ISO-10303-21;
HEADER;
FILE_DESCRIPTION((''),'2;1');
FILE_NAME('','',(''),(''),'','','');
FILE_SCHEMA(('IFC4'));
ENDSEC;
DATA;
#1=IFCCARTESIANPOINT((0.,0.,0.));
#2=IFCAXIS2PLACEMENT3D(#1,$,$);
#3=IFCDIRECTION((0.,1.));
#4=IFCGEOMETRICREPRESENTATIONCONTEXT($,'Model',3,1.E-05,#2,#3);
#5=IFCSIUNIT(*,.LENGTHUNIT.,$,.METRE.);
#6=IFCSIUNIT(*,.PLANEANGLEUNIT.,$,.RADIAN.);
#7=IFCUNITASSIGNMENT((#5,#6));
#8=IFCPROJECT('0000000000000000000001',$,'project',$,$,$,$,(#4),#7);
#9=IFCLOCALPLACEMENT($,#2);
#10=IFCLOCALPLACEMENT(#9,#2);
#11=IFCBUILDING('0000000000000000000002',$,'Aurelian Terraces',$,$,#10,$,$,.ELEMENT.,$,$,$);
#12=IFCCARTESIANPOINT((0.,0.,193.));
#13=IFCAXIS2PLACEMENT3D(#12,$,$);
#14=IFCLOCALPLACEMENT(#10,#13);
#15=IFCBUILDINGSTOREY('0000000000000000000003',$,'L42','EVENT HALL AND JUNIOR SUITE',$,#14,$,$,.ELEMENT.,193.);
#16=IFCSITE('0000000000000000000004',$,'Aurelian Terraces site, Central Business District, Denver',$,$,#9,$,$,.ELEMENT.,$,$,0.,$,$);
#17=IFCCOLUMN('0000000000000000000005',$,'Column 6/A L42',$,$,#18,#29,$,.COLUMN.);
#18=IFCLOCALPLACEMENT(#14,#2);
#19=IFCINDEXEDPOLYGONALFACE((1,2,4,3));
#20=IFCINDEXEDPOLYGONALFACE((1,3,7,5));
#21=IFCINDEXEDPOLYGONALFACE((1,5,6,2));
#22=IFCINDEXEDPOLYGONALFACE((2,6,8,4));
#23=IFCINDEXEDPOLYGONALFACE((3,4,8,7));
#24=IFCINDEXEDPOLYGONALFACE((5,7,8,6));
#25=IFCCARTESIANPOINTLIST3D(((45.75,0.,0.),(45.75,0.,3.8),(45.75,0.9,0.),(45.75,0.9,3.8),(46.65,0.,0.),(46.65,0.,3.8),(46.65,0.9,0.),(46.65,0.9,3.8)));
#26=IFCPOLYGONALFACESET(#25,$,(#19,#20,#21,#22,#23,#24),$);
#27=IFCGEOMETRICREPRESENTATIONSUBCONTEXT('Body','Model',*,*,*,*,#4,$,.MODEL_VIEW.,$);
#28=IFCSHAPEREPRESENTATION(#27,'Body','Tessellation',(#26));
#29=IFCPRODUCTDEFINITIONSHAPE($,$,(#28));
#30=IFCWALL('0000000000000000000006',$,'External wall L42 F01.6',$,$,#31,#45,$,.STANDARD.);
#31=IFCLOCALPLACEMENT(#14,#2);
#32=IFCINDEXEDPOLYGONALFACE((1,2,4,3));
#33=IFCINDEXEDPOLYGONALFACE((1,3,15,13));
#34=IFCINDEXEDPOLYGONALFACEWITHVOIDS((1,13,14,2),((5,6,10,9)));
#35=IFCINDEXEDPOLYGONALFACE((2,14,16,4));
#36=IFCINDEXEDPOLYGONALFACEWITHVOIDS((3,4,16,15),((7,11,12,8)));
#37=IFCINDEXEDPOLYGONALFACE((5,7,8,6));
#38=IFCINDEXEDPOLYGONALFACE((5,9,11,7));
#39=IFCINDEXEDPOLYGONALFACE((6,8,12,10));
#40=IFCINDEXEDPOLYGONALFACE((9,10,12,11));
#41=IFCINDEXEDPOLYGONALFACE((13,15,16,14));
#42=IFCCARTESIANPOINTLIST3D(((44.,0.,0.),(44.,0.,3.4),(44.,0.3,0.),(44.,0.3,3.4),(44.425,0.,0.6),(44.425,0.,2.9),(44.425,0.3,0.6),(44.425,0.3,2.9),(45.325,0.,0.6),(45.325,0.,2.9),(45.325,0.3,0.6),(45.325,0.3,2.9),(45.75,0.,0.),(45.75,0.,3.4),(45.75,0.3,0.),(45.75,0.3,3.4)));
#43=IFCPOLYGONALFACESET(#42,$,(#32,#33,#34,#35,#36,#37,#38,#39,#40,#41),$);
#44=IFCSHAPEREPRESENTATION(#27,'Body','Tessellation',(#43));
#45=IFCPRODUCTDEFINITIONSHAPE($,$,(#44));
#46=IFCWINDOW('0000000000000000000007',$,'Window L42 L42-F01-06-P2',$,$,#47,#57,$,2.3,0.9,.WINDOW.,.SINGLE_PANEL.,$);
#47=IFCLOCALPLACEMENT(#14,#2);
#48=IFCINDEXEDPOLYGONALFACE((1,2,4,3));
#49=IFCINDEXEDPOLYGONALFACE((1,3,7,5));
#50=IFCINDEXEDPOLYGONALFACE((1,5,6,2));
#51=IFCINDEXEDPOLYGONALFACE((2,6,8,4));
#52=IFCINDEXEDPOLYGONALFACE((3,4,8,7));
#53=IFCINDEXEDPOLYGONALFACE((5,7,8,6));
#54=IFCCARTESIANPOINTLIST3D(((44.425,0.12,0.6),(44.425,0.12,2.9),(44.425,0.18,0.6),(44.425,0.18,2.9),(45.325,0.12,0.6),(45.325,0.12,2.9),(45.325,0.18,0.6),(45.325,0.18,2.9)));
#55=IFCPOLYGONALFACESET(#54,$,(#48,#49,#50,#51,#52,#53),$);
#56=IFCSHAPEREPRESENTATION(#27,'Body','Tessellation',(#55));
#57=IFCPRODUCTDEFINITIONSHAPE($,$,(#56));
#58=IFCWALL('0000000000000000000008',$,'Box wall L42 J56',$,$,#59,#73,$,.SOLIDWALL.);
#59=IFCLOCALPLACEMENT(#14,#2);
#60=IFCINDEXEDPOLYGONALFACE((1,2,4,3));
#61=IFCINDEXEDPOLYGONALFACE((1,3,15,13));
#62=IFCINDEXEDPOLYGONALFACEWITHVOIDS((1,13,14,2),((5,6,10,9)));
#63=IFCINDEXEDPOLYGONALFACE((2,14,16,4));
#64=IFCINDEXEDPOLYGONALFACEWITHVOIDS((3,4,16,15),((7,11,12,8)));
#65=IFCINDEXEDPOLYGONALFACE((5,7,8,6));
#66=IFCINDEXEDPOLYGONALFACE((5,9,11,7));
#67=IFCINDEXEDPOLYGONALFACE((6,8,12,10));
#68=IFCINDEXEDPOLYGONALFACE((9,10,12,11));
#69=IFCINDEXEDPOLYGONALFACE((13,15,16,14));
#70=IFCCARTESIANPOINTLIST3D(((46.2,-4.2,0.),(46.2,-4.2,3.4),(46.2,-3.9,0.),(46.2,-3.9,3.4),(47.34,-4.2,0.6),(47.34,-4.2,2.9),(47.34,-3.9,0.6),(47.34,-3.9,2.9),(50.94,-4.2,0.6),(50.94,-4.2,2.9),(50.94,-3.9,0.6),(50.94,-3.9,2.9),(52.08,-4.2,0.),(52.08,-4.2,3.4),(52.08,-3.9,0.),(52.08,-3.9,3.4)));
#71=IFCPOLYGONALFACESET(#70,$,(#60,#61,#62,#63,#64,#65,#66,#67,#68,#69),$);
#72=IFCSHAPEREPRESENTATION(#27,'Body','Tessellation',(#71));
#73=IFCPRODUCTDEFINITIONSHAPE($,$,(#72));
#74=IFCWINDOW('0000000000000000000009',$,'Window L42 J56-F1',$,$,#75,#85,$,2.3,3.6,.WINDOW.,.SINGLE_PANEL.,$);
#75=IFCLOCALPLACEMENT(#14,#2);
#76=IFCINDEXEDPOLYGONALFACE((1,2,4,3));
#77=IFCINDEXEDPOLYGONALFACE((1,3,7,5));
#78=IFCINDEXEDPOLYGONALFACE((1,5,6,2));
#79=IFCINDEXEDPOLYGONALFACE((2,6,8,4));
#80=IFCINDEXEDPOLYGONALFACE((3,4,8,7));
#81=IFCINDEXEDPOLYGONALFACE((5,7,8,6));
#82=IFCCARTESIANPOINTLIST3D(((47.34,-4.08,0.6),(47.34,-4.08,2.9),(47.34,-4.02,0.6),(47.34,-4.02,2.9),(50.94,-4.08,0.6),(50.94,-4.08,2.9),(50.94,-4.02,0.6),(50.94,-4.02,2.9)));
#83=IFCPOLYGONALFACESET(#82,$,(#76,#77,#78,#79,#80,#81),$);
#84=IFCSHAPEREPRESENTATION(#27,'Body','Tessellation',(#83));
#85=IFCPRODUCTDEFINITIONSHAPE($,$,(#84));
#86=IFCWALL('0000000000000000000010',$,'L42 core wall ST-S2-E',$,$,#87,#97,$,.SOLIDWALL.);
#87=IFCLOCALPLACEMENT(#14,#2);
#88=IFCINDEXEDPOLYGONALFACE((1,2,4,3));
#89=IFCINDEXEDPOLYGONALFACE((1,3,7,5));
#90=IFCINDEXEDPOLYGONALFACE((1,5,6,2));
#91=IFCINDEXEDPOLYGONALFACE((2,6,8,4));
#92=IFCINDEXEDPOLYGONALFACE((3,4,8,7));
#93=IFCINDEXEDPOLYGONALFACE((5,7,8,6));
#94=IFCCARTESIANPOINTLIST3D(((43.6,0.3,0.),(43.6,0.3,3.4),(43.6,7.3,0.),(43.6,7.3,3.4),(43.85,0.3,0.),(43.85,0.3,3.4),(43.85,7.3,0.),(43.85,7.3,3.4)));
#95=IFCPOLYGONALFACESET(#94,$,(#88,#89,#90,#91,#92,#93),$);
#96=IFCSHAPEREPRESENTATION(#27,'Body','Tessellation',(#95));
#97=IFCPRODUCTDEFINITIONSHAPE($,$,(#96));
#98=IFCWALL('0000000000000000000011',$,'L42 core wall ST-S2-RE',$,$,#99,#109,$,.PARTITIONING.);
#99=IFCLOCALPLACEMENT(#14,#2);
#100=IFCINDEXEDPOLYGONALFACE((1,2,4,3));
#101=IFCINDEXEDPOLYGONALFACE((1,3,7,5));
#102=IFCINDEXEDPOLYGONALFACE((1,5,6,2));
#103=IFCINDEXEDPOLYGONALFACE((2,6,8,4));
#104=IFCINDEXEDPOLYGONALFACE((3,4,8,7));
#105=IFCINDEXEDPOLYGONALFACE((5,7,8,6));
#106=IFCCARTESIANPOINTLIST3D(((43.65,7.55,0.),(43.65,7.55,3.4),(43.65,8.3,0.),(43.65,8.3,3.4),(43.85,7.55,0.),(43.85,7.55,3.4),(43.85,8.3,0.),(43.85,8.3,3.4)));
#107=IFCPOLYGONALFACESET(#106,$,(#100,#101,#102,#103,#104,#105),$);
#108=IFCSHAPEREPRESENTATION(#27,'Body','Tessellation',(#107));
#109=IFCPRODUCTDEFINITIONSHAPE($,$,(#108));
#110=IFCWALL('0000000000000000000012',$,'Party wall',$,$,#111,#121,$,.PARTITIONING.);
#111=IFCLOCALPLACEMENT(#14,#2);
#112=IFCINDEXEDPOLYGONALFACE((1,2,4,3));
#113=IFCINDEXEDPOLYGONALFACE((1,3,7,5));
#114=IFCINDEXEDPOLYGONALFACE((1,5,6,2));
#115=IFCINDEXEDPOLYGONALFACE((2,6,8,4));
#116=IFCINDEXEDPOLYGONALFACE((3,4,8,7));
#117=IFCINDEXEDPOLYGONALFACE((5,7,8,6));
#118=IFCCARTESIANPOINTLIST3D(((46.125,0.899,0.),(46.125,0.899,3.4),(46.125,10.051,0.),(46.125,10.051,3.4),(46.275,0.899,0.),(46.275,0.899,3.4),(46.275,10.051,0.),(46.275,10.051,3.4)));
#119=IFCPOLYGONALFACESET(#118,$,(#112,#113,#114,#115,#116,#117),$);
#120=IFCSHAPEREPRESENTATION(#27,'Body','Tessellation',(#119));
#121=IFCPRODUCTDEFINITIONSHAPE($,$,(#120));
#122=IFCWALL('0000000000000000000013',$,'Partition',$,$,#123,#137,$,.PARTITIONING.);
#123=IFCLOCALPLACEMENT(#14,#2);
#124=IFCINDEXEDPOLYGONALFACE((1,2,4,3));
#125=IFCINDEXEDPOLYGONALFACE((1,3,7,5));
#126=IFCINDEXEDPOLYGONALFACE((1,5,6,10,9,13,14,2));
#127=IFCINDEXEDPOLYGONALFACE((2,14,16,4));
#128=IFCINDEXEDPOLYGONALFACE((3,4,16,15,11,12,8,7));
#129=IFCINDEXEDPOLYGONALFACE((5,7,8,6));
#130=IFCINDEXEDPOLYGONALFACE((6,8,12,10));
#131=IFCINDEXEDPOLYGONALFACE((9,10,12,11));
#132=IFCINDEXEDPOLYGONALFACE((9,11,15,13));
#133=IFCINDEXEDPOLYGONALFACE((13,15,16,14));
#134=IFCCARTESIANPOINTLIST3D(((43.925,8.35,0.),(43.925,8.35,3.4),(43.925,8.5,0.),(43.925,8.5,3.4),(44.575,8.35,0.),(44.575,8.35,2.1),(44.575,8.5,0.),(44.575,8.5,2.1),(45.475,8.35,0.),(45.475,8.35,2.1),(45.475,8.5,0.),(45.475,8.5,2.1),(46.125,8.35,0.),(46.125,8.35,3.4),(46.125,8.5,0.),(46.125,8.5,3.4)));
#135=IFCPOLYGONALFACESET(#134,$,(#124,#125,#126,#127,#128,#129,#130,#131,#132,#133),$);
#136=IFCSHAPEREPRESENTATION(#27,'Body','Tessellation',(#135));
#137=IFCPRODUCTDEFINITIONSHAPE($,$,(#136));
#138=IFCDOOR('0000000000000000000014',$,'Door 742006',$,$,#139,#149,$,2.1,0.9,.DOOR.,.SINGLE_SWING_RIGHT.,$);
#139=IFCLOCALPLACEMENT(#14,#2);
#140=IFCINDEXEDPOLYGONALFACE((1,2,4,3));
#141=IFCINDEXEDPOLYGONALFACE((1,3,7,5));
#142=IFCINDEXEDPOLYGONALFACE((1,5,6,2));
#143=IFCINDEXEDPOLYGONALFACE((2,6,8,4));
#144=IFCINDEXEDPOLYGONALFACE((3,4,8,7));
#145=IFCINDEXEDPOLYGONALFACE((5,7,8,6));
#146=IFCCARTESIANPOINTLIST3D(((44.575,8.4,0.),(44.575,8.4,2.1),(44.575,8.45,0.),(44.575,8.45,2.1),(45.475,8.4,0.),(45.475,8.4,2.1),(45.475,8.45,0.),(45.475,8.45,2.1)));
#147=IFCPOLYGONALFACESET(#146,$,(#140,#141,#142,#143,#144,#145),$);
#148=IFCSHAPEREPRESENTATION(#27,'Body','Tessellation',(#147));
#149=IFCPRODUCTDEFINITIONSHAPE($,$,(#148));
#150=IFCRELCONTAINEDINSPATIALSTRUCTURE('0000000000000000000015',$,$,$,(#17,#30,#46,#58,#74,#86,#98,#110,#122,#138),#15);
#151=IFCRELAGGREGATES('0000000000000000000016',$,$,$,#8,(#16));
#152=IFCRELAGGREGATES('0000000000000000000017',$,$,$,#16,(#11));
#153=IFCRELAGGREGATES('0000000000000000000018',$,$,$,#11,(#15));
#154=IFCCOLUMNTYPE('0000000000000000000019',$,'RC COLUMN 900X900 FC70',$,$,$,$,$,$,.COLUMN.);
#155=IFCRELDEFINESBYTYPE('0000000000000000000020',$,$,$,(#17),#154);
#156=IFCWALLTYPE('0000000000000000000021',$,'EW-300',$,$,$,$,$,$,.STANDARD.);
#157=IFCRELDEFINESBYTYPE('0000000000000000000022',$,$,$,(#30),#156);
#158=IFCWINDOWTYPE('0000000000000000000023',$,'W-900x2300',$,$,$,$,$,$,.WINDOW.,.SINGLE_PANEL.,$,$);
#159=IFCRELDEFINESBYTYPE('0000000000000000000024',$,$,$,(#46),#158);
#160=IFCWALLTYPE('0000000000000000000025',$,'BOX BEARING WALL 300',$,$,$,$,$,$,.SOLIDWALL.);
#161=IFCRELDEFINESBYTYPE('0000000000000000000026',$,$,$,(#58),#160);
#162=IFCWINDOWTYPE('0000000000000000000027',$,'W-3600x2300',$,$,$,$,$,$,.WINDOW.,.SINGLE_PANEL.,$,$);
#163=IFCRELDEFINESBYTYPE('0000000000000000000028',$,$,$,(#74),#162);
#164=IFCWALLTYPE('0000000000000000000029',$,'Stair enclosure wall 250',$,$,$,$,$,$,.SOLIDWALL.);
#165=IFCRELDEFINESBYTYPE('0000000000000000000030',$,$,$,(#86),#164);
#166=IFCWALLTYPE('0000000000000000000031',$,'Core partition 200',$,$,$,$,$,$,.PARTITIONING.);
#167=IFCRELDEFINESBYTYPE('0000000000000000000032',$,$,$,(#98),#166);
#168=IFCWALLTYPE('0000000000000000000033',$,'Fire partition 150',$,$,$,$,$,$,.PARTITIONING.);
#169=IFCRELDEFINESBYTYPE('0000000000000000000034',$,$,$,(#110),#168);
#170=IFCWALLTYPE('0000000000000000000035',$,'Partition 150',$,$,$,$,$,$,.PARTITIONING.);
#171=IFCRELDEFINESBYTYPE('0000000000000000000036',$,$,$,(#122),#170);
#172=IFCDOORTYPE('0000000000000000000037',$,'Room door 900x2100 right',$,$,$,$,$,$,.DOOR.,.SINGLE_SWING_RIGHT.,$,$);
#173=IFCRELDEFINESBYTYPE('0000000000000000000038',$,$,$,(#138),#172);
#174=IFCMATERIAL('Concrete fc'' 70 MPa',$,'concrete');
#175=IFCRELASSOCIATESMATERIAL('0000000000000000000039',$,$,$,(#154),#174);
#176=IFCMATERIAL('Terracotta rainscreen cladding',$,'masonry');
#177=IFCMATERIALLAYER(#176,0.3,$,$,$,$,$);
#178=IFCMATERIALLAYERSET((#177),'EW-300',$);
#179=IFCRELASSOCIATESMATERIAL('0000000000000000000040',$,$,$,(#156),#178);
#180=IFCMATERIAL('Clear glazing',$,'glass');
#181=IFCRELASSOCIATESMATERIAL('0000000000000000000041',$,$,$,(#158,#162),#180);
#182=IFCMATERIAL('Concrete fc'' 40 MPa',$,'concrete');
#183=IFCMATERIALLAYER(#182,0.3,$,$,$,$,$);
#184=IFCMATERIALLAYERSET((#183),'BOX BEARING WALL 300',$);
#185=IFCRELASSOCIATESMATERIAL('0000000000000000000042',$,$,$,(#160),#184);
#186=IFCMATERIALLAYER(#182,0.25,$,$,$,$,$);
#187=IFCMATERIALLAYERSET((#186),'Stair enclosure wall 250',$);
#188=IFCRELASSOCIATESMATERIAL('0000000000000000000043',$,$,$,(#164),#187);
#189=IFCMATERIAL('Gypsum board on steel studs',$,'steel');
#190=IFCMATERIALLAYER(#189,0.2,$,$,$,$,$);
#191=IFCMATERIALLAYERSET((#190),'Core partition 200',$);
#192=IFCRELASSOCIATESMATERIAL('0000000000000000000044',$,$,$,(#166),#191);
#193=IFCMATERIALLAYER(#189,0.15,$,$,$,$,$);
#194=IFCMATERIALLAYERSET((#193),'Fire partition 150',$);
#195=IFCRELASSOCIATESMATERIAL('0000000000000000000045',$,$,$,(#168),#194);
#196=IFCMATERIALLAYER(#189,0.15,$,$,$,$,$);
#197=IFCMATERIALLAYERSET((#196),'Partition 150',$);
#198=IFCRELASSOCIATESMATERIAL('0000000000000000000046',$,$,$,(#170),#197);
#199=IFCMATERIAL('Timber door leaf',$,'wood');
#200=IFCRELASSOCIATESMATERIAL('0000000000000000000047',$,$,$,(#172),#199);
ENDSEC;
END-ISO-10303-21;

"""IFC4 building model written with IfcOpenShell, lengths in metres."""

from ifc_helpers import new_model, si_unit, direction, frame, frame_2d, origin, origin_2d, place, context, subcontext, project, spatial, rectangle, extrude, source, transform, mapped, material, layer, layer_set, material_profile, profile_set, type_object, element, fill, save


model = new_model("IFC4")

# Units and contexts
model_context = context("Model", 3, precision=1e-05, world=origin(), true_north=direction((0.0, 1.0)))
body_context = subcontext(model_context, "Body", "Model", "MODEL_VIEW")
ifc_project = project(units=[si_unit("LENGTHUNIT", "METRE"), si_unit("PLANEANGLEUNIT", "RADIAN")], contexts=[model_context])

# Site, building, storey
site_placement = place(None, origin())
site = spatial("IfcSite", under=ifc_project, at=site_placement, Name="Aurelian Terraces site, Central Business District, Denver", CompositionType="ELEMENT", RefElevation=0.0)
building_placement = place(site_placement, origin())
building = spatial("IfcBuilding", under=site, at=building_placement, Name="Aurelian Terraces", CompositionType="ELEMENT")
storey_placement = place(building_placement, frame((0.0, 0.0, 193.0)))
storey = spatial("IfcBuildingStorey", under=building, at=storey_placement, Name="L42", Description="EVENT HALL AND JUNIOR SUITE", CompositionType="ELEMENT", Elevation=193.0)

# Column
ifc_material_1 = material(Name="Concrete fc' 70 MPa", Category="concrete")
ifc_material_profile = material_profile(ifc_material_1, rectangle(XDim=0.9, YDim=0.9, at=origin_2d()))
ifc_profile_set = profile_set([ifc_material_profile], Name="Concrete fc' 70 MPa")
column_type = type_object("IfcColumnType", Name="RC COLUMN 900X900 FC70", PredefinedType="COLUMN", material=ifc_profile_set)
shared_shape_1 = source(origin(), body_context, "Body", "SweptSolid", [
    extrude(rectangle(XDim=0.9, YDim=0.9, at=origin_2d()), origin(), (0.0, 0.0, 1.0), 3.8),
])
column_placement = place(storey_placement, frame((46.2, 0.45, 0.0), z_axis=(0.0, 0.0, 1.0), x_axis=(1.0, 0.0, 0.0)))
element("IfcColumn", 1, at=column_placement, inside=storey, type_object=column_type, Name="Column 6/A L42", PredefinedType="COLUMN", context=body_context, shape_type="MappedRepresentation", body=[
    mapped(shared_shape_1, transform((0.0, 0.0, 0.0), scale=1.0)),
])

# Walls, openings, windows
ifc_material_2 = material(Name="Terracotta rainscreen cladding", Category="masonry")
ifc_layer_1 = layer(ifc_material_2, 0.3)
ifc_layer_set_1 = layer_set([ifc_layer_1], Name="EW-300")
wall_type_1 = type_object("IfcWallType", Name="EW-300", PredefinedType="STANDARD", material=ifc_layer_set_1)
shared_shape_2 = source(origin(), body_context, "Body", "SweptSolid", [
    extrude(rectangle(XDim=1.75, YDim=0.3, at=frame_2d((0.875, 0.0))), origin(), (0.0, 0.0, 1.0), 3.4),
])
wall_1_placement = place(storey_placement, frame((44.0, 0.15, 0.0), z_axis=(0.0, 0.0, 1.0), x_axis=(1.0, 0.0, 0.0)))
wall_1 = element("IfcWall", 2, at=wall_1_placement, inside=storey, type_object=wall_type_1, Name="External wall L42 F01.6", PredefinedType="STANDARD", context=body_context, shape_type="MappedRepresentation", body=[
    mapped(shared_shape_2, transform((0.0, 0.0, 0.0), scale=1.0)),
])
shared_shape_3 = source(origin(), body_context, "Body", "SweptSolid", [
    extrude(rectangle(XDim=0.9, YDim=2.3, at=frame_2d((0.45, 1.15))), frame((0.0, 0.16, 0.0), z_axis=(0.0, -1.0, 0.0), x_axis=(1.0, 0.0, 0.0)), (0.0, 0.0, 1.0), 0.32),
])
opening_1_placement = place(wall_1_placement, frame((0.425, 0.0, 0.6)))
opening_1 = element("IfcOpeningElement", 3, at=opening_1_placement, cuts=wall_1, PredefinedType="OPENING", context=body_context, shape_type="MappedRepresentation", body=[
    mapped(shared_shape_3, transform((0.0, 0.0, 0.0), scale=1.0)),
])
ifc_material_3 = material(Name="Clear glazing", Category="glass")
window_type_1 = type_object("IfcWindowType", Name="W-900x2300", PartitioningType="SINGLE_PANEL", PredefinedType="WINDOW", material=ifc_material_3)
shared_shape_4 = source(origin(), body_context, "Body", "SweptSolid", [
    extrude(rectangle(XDim=0.9, YDim=2.3, at=frame_2d((0.45, 1.15))), frame((0.0, 0.03, 0.0), z_axis=(0.0, -1.0, 0.0), x_axis=(1.0, 0.0, 0.0)), (0.0, 0.0, 1.0), 0.06),
])
window_1_placement = place(opening_1_placement, origin())
window_1 = element("IfcWindow", 4, at=window_1_placement, inside=storey, type_object=window_type_1, Name="Window L42 L42-F01-06-P2", OverallHeight=2.3, OverallWidth=0.9, PartitioningType="SINGLE_PANEL", PredefinedType="WINDOW", context=body_context, shape_type="MappedRepresentation", body=[
    mapped(shared_shape_4, transform((0.0, 0.0, 0.0), scale=1.0)),
])
fill(opening_1, window_1)
ifc_material_4 = material(Name="Concrete fc' 40 MPa", Category="concrete")
ifc_layer_2 = layer(ifc_material_4, 0.3)
ifc_layer_set_2 = layer_set([ifc_layer_2], Name="BOX BEARING WALL 300")
wall_type_2 = type_object("IfcWallType", Name="BOX BEARING WALL 300", PredefinedType="SOLIDWALL", material=ifc_layer_set_2)
shared_shape_5 = source(origin(), body_context, "Body", "SweptSolid", [
    extrude(rectangle(XDim=5.88, YDim=0.3, at=frame_2d((2.94, 0.0))), origin(), (0.0, 0.0, 1.0), 3.4),
])
wall_2_placement = place(storey_placement, frame((46.2, -4.05, 0.0), z_axis=(0.0, 0.0, 1.0), x_axis=(1.0, 0.0, 0.0)))
wall_2 = element("IfcWall", 5, at=wall_2_placement, inside=storey, type_object=wall_type_2, Name="Box wall L42 J56", PredefinedType="SOLIDWALL", context=body_context, shape_type="MappedRepresentation", body=[
    mapped(shared_shape_5, transform((0.0, 0.0, 0.0), scale=1.0)),
])
shared_shape_6 = source(origin(), body_context, "Body", "SweptSolid", [
    extrude(rectangle(XDim=3.6, YDim=2.3, at=frame_2d((1.8, 1.15))), frame((0.0, 0.16, 0.0), z_axis=(0.0, -1.0, 0.0), x_axis=(1.0, 0.0, 0.0)), (0.0, 0.0, 1.0), 0.32),
])
opening_2_placement = place(wall_2_placement, frame((1.14, 0.0, 0.6)))
opening_2 = element("IfcOpeningElement", 6, at=opening_2_placement, cuts=wall_2, PredefinedType="OPENING", context=body_context, shape_type="MappedRepresentation", body=[
    mapped(shared_shape_6, transform((0.0, 0.0, 0.0), scale=1.0)),
])
window_type_2 = type_object("IfcWindowType", Name="W-3600x2300", PartitioningType="SINGLE_PANEL", PredefinedType="WINDOW", material=ifc_material_3)
shared_shape_7 = source(origin(), body_context, "Body", "SweptSolid", [
    extrude(rectangle(XDim=3.6, YDim=2.3, at=frame_2d((1.8, 1.15))), frame((0.0, 0.03, 0.0), z_axis=(0.0, -1.0, 0.0), x_axis=(1.0, 0.0, 0.0)), (0.0, 0.0, 1.0), 0.06),
])
window_2_placement = place(opening_2_placement, origin())
window_2 = element("IfcWindow", 7, at=window_2_placement, inside=storey, type_object=window_type_2, Name="Window L42 J56-F1", OverallHeight=2.3, OverallWidth=3.6, PartitioningType="SINGLE_PANEL", PredefinedType="WINDOW", context=body_context, shape_type="MappedRepresentation", body=[
    mapped(shared_shape_7, transform((0.0, 0.0, 0.0), scale=1.0)),
])
fill(opening_2, window_2)

# Walls
ifc_layer_3 = layer(ifc_material_4, 0.25)
ifc_layer_set_3 = layer_set([ifc_layer_3], Name="Stair enclosure wall 250")
wall_type_3 = type_object("IfcWallType", Name="Stair enclosure wall 250", PredefinedType="SOLIDWALL", material=ifc_layer_set_3)
shared_shape_8 = source(origin(), body_context, "Body", "SweptSolid", [
    extrude(rectangle(XDim=7.0, YDim=0.25, at=frame_2d((3.5, 0.0))), origin(), (0.0, 0.0, 1.0), 3.4),
])
wall_3_placement = place(storey_placement, frame((43.725, 0.3, 0.0), z_axis=(0.0, 0.0, 1.0), x_axis=(0.0, 1.0, 0.0)))
element("IfcWall", 8, at=wall_3_placement, inside=storey, type_object=wall_type_3, Name="L42 core wall ST-S2-E", PredefinedType="SOLIDWALL", context=body_context, shape_type="MappedRepresentation", body=[
    mapped(shared_shape_8, transform((0.0, 0.0, 0.0), scale=1.0)),
])
ifc_material_5 = material(Name="Gypsum board on steel studs", Category="steel")
ifc_layer_4 = layer(ifc_material_5, 0.2)
ifc_layer_set_4 = layer_set([ifc_layer_4], Name="Core partition 200")
wall_type_4 = type_object("IfcWallType", Name="Core partition 200", PredefinedType="PARTITIONING", material=ifc_layer_set_4)
shared_shape_9 = source(origin(), body_context, "Body", "SweptSolid", [
    extrude(rectangle(XDim=0.75, YDim=0.2, at=frame_2d((0.375, 0.0))), origin(), (0.0, 0.0, 1.0), 3.4),
])
wall_4_placement = place(storey_placement, frame((43.75, 7.55, 0.0), z_axis=(0.0, 0.0, 1.0), x_axis=(0.0, 1.0, 0.0)))
element("IfcWall", 9, at=wall_4_placement, inside=storey, type_object=wall_type_4, Name="L42 core wall ST-S2-RE", PredefinedType="PARTITIONING", context=body_context, shape_type="MappedRepresentation", body=[
    mapped(shared_shape_9, transform((0.0, 0.0, 0.0), scale=1.0)),
])
ifc_layer_5 = layer(ifc_material_5, 0.15)
ifc_layer_set_5 = layer_set([ifc_layer_5], Name="Fire partition 150")
wall_type_5 = type_object("IfcWallType", Name="Fire partition 150", PredefinedType="PARTITIONING", material=ifc_layer_set_5)
shared_shape_10 = source(origin(), body_context, "Body", "SweptSolid", [
    extrude(rectangle(XDim=9.152, YDim=0.15, at=frame_2d((4.576, 0.0))), origin(), (0.0, 0.0, 1.0), 3.4),
])
wall_5_placement = place(storey_placement, frame((46.2, 0.899, 0.0), z_axis=(0.0, 0.0, 1.0), x_axis=(0.0, 1.0, 0.0)))
element("IfcWall", 10, at=wall_5_placement, inside=storey, type_object=wall_type_5, Name="Party wall", PredefinedType="PARTITIONING", context=body_context, shape_type="MappedRepresentation", body=[
    mapped(shared_shape_10, transform((0.0, 0.0, 0.0), scale=1.0)),
])

# Wall, opening, door
ifc_layer_6 = layer(ifc_material_5, 0.15)
ifc_layer_set_6 = layer_set([ifc_layer_6], Name="Partition 150")
wall_type_6 = type_object("IfcWallType", Name="Partition 150", PredefinedType="PARTITIONING", material=ifc_layer_set_6)
shared_shape_11 = source(origin(), body_context, "Body", "SweptSolid", [
    extrude(rectangle(XDim=2.2, YDim=0.15, at=frame_2d((1.1, 0.0))), origin(), (0.0, 0.0, 1.0), 3.4),
])
wall_6_placement = place(storey_placement, frame((46.125, 8.425, 0.0), z_axis=(0.0, 0.0, 1.0), x_axis=(-1.0, 0.0, 0.0)))
wall_6 = element("IfcWall", 11, at=wall_6_placement, inside=storey, type_object=wall_type_6, Name="Partition", PredefinedType="PARTITIONING", context=body_context, shape_type="MappedRepresentation", body=[
    mapped(shared_shape_11, transform((0.0, 0.0, 0.0), scale=1.0)),
])
shared_shape_12 = source(origin(), body_context, "Body", "SweptSolid", [
    extrude(rectangle(XDim=0.9, YDim=2.1, at=frame_2d((0.45, 1.05))), frame((0.0, 0.085, 0.0), z_axis=(0.0, -1.0, 0.0), x_axis=(1.0, 0.0, 0.0)), (0.0, 0.0, 1.0), 0.17),
])
opening_3_placement = place(wall_6_placement, frame((0.65, 0.0, 0.0)))
opening_3 = element("IfcOpeningElement", 12, at=opening_3_placement, cuts=wall_6, PredefinedType="OPENING", context=body_context, shape_type="MappedRepresentation", body=[
    mapped(shared_shape_12, transform((0.0, 0.0, 0.0), scale=1.0)),
])
ifc_material_6 = material(Name="Timber door leaf", Category="wood")
door_type = type_object("IfcDoorType", Name="Room door 900x2100 right", OperationType="SINGLE_SWING_RIGHT", PredefinedType="DOOR", material=ifc_material_6)
shared_shape_13 = source(origin(), body_context, "Body", "SweptSolid", [
    extrude(rectangle(XDim=0.9, YDim=2.1, at=frame_2d((0.45, 1.05))), frame((0.0, 0.025, 0.0), z_axis=(0.0, -1.0, 0.0), x_axis=(1.0, 0.0, 0.0)), (0.0, 0.0, 1.0), 0.05),
])
door_placement = place(opening_3_placement, origin())
door = element("IfcDoor", 13, at=door_placement, inside=storey, type_object=door_type, Name="Door 742006", OperationType="SINGLE_SWING_RIGHT", OverallHeight=2.1, OverallWidth=0.9, PredefinedType="DOOR", context=body_context, shape_type="MappedRepresentation", body=[
    mapped(shared_shape_13, transform((0.0, 0.0, 0.0), scale=1.0)),
])
fill(opening_3, door)

save(model, "model.ifc")
